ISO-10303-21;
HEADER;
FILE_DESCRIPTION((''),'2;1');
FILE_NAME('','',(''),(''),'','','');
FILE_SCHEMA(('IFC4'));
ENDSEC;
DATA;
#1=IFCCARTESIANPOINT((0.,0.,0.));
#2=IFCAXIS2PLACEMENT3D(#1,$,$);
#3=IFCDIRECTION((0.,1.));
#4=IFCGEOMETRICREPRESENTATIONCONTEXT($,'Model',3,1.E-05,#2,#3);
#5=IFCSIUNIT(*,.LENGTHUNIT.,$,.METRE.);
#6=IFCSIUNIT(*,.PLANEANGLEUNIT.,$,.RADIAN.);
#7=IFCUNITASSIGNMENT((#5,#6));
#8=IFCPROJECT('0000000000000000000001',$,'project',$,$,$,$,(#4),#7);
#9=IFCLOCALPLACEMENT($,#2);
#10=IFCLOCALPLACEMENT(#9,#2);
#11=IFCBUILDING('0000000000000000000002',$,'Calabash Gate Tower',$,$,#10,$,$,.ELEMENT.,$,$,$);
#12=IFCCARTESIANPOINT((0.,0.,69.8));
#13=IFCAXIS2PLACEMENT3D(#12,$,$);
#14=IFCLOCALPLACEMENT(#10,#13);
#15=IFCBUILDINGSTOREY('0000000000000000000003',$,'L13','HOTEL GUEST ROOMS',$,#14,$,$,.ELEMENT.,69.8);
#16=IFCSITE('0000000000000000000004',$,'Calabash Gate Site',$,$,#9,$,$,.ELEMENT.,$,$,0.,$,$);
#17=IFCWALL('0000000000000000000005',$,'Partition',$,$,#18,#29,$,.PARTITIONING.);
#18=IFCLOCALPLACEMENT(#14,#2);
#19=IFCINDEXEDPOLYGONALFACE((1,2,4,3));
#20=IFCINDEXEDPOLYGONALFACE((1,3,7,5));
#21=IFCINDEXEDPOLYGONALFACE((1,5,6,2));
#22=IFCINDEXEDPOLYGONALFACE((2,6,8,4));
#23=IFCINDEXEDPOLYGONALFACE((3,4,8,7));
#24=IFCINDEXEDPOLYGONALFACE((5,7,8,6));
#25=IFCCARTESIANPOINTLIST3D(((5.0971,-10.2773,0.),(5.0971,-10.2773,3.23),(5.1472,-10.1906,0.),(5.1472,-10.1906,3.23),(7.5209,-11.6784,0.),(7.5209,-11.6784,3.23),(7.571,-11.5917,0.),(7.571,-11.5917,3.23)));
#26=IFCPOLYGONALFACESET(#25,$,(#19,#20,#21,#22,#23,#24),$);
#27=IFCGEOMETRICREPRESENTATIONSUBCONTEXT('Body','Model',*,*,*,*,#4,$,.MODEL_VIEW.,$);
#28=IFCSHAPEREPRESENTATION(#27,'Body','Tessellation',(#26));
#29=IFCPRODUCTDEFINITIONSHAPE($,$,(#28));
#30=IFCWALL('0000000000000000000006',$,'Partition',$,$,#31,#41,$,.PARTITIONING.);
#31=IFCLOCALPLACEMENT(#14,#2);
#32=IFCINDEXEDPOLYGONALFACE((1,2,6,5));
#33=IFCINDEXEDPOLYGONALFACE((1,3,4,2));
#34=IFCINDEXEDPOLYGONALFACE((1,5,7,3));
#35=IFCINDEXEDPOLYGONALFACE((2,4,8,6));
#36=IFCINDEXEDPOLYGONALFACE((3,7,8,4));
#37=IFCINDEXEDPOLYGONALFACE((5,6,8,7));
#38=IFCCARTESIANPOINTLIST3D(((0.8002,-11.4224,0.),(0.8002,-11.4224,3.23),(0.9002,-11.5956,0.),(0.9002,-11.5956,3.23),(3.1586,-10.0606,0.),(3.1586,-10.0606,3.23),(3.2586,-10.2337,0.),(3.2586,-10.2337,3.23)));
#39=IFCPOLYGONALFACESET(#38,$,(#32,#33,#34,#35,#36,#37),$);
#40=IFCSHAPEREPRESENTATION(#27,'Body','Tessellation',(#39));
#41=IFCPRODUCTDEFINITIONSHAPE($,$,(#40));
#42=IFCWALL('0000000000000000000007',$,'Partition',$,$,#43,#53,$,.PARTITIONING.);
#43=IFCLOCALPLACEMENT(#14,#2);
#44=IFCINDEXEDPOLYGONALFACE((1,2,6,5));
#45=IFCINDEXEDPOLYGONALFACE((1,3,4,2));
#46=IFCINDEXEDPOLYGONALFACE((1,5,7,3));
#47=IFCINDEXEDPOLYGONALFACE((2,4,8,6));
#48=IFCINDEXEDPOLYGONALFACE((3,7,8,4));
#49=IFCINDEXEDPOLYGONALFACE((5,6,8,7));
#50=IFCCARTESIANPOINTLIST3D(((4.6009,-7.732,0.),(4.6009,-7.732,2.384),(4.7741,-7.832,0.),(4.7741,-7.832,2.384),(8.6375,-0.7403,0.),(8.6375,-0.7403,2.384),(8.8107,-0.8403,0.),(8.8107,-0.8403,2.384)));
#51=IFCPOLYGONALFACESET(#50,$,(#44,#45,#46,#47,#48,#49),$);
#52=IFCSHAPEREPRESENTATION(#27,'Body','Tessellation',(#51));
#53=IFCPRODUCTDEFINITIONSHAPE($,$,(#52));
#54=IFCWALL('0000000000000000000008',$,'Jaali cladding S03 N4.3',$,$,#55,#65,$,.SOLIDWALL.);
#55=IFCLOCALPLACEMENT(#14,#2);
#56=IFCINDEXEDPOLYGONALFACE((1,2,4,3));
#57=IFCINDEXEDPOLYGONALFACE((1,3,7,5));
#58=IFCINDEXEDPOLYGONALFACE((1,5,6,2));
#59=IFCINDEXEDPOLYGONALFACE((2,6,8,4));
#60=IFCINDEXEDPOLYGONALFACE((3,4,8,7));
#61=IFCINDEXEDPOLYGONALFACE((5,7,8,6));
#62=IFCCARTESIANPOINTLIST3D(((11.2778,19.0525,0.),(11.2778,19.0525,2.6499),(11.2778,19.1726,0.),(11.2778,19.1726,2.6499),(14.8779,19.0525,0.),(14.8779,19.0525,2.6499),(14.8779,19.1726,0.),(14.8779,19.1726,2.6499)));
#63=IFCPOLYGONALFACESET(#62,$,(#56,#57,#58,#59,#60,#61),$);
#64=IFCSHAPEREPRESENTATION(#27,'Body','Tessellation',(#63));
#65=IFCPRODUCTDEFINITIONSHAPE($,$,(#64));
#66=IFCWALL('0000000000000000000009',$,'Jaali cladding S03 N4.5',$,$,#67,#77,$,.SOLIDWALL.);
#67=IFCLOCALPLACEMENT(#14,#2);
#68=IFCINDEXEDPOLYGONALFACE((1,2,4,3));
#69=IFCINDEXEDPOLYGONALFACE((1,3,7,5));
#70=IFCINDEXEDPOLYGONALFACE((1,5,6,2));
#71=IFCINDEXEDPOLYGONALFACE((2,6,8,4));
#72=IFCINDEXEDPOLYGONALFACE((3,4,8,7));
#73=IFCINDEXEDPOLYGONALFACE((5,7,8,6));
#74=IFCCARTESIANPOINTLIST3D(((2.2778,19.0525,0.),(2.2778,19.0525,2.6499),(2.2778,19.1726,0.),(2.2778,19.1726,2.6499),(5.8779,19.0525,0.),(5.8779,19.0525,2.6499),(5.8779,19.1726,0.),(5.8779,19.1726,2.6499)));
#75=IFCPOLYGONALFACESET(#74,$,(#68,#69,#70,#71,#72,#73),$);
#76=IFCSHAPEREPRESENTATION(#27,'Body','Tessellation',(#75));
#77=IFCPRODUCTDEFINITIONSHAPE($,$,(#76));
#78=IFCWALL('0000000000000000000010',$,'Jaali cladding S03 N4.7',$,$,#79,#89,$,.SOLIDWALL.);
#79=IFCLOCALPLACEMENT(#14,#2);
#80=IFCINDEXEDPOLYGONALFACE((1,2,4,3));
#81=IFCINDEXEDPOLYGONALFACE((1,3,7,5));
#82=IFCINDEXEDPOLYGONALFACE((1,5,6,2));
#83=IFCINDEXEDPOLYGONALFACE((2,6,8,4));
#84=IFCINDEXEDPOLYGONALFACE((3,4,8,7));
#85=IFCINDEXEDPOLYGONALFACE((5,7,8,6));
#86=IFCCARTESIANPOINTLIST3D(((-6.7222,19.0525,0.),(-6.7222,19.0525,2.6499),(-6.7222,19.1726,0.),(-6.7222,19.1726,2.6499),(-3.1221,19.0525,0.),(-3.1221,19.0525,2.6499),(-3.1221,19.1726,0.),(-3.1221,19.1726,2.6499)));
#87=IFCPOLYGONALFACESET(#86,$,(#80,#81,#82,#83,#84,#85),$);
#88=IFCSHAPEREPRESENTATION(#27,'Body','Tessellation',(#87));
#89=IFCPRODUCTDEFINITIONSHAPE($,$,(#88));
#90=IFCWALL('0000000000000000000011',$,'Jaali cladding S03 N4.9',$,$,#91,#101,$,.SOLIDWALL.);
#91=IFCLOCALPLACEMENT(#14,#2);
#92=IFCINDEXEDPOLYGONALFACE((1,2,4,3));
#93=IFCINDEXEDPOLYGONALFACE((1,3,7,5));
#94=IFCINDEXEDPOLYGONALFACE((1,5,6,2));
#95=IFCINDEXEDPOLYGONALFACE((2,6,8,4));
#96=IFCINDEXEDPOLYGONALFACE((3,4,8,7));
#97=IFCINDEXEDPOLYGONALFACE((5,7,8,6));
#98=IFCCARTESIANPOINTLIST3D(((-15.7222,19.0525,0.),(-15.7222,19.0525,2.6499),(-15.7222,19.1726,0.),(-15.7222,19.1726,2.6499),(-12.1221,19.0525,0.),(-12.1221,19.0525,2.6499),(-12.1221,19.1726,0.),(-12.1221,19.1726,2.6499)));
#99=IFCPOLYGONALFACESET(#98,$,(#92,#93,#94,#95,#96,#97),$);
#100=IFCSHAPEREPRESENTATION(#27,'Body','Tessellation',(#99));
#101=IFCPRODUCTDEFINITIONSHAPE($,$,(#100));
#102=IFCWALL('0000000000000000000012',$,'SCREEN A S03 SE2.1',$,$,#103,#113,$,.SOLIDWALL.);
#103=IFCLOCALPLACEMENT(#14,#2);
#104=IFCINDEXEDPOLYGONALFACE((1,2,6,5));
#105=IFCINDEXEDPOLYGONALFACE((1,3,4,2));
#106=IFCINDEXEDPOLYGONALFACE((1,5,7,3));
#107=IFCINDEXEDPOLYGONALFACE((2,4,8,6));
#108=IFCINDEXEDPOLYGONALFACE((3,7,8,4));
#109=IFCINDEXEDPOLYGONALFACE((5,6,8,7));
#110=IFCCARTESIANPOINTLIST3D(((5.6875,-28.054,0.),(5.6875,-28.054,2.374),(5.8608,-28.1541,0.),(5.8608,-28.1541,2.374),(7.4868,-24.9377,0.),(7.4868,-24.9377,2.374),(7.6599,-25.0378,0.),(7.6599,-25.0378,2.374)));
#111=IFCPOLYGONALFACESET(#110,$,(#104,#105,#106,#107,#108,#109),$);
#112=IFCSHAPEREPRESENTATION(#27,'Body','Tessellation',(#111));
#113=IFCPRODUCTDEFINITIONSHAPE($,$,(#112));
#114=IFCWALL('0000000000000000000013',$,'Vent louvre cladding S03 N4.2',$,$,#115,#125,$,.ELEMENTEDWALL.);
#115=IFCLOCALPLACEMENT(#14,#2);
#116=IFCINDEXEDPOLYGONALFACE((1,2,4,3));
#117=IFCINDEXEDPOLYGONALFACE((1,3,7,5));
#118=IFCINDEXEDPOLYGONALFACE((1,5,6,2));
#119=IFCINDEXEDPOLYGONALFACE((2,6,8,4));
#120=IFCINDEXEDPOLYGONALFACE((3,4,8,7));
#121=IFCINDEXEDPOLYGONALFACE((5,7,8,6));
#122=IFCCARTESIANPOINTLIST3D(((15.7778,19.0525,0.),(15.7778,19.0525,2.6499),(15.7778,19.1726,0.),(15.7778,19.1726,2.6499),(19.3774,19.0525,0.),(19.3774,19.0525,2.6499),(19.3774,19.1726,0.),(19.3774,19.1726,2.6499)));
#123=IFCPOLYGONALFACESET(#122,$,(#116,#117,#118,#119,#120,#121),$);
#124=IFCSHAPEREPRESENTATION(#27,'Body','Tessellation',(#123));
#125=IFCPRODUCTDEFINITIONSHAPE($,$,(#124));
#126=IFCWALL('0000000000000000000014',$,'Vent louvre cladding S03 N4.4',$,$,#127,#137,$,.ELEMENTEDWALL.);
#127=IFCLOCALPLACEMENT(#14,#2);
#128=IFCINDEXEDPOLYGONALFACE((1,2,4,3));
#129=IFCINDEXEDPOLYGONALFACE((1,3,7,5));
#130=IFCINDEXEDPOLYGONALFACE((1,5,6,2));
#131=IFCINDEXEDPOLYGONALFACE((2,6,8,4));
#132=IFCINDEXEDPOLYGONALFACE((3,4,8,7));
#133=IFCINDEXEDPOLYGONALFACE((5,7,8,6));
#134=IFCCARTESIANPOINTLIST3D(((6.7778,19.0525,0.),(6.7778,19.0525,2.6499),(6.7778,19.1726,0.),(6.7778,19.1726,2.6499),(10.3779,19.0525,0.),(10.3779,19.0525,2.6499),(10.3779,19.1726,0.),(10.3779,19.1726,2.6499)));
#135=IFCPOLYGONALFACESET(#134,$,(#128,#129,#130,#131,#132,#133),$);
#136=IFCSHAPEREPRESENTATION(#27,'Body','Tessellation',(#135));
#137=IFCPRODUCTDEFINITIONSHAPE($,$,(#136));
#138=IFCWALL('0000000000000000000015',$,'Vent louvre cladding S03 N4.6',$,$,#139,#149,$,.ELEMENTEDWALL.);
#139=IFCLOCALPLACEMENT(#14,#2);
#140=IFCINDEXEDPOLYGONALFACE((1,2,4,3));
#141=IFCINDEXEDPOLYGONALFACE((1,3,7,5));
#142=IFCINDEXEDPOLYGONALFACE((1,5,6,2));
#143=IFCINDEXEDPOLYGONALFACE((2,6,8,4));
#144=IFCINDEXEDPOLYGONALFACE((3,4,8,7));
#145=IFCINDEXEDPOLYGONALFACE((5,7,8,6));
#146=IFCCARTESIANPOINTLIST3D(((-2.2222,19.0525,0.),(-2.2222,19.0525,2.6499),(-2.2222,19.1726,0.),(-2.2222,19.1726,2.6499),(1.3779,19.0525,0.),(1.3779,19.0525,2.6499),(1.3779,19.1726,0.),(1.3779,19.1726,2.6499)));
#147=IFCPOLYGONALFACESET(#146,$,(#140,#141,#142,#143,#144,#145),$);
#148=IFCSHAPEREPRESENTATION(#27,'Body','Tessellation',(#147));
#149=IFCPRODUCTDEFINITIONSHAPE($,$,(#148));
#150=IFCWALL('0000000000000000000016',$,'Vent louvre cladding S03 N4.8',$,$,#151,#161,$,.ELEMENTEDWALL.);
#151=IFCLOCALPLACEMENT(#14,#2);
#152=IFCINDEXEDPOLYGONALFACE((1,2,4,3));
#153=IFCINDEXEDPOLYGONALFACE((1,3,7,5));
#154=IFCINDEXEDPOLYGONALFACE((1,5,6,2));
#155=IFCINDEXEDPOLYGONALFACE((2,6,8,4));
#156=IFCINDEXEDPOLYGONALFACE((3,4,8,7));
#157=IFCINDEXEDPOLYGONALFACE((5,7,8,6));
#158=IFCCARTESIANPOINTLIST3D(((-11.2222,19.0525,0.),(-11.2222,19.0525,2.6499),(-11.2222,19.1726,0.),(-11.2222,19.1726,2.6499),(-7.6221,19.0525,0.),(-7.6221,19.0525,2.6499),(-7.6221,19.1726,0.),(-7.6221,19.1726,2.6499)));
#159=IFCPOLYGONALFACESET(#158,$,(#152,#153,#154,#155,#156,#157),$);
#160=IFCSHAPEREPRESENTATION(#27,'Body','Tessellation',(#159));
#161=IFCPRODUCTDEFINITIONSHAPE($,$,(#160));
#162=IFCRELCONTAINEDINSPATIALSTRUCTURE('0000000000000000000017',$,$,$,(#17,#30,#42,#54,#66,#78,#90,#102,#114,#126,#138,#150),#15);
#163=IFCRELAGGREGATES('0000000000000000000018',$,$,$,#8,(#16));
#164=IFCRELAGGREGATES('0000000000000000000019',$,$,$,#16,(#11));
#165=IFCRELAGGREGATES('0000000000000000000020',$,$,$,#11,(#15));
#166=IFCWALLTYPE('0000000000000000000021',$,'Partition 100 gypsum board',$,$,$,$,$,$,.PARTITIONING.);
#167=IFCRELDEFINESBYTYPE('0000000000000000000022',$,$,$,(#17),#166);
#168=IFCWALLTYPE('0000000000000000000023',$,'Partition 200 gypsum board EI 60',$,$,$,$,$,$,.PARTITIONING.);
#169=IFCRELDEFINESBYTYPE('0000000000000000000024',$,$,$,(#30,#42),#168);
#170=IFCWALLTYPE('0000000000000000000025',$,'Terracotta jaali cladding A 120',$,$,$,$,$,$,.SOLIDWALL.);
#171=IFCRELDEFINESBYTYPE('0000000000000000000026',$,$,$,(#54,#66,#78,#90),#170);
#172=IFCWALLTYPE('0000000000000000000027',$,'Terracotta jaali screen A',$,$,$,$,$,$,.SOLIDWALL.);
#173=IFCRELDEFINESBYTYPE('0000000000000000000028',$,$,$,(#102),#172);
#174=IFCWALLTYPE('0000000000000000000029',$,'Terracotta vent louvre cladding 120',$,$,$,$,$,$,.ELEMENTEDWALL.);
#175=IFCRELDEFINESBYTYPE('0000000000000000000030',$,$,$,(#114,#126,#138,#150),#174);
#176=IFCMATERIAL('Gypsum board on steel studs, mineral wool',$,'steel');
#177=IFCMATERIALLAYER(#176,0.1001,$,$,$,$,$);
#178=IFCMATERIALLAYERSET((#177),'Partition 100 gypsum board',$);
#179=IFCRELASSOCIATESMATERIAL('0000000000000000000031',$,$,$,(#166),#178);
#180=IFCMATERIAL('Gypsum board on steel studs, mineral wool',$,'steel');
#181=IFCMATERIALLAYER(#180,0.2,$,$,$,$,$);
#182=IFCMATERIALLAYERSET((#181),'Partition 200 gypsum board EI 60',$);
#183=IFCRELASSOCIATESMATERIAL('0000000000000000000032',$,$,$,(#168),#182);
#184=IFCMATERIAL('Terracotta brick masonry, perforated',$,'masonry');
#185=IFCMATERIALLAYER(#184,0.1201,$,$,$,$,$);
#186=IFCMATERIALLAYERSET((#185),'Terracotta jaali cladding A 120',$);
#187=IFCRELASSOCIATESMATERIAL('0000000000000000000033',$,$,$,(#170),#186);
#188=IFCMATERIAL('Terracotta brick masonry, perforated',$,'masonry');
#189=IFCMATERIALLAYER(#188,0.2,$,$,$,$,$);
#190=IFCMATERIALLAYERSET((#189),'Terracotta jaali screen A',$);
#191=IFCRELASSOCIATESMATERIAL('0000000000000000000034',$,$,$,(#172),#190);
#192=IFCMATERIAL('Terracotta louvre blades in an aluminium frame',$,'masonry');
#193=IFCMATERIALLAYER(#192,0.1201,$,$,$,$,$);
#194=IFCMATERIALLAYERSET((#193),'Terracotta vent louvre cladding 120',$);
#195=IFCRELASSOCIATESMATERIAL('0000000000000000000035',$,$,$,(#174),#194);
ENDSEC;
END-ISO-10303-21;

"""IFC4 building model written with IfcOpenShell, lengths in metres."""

from ifc_helpers import new_model, si_unit, direction, frame, frame_2d, origin, place, context, subcontext, project, spatial, polyline, rectangle, outline, extrude, material, layer, layer_set, type_object, element, save


model = new_model("IFC4")

# Units and contexts
model_context = context("Model", 3, precision=1e-05, world=origin(), true_north=direction((0.0, 1.0)))
body_context = subcontext(model_context, "Body", "Model", "MODEL_VIEW")
ifc_project = project(units=[si_unit("LENGTHUNIT", "METRE"), si_unit("PLANEANGLEUNIT", "RADIAN")], contexts=[model_context])

# Site, building, storey
site_placement = place(None, origin())
site = spatial("IfcSite", under=ifc_project, at=site_placement, Name="Calabash Gate Site", CompositionType="ELEMENT", RefElevation=0.0)
building_placement = place(site_placement, origin())
building = spatial("IfcBuilding", under=site, at=building_placement, Name="Calabash Gate Tower", CompositionType="ELEMENT")
storey_placement = place(building_placement, frame((0.0, 0.0, 69.8)))
storey = spatial("IfcBuildingStorey", under=building, at=storey_placement, Name="L13", Description="HOTEL GUEST ROOMS", CompositionType="ELEMENT", Elevation=69.8)

# Walls
ifc_material_1 = material(Name="Gypsum board on steel studs, mineral wool", Category="steel")
ifc_layer_1 = layer(ifc_material_1, 0.1001)
ifc_layer_set_1 = layer_set([ifc_layer_1], Name="Partition 100 gypsum board")
wall_type_1 = type_object("IfcWallType", Name="Partition 100 gypsum board", PredefinedType="PARTITIONING", material=ifc_layer_set_1)
wall_1_placement = place(storey_placement, frame((5.1221, -10.2339, 0.0), z_axis=(0.0, 0.0, 1.0), x_axis=(0.865758, -0.500462, 0.0)))
element("IfcWall", 1, at=wall_1_placement, inside=storey, type_object=wall_type_1, Name="Partition", PredefinedType="PARTITIONING", context=body_context, shape_type="SweptSolid", body=[
    extrude(rectangle(XDim=2.7996, YDim=0.1001, at=frame_2d((1.3999, 0.0))), origin(), (0.0, 0.0, 1.0), 3.23),
])
ifc_material_2 = material(Name="Gypsum board on steel studs, mineral wool", Category="steel")
ifc_layer_2 = layer(ifc_material_2, 0.2)
ifc_layer_set_2 = layer_set([ifc_layer_2], Name="Partition 200 gypsum board EI 60")
wall_type_2 = type_object("IfcWallType", Name="Partition 200 gypsum board EI 60", PredefinedType="PARTITIONING", material=ifc_layer_set_2)
wall_2_placement = place(storey_placement, frame((0.8501, -11.509, 0.0), z_axis=(0.0, 0.0, 1.0), x_axis=(0.865994, 0.500054, 0.0)))
element("IfcWall", 2, at=wall_2_placement, inside=storey, type_object=wall_type_2, Name="Partition", PredefinedType="PARTITIONING", context=body_context, shape_type="SweptSolid", body=[
    extrude(rectangle(XDim=2.7234, YDim=0.2, at=frame_2d((1.3618, 0.0))), origin(), (0.0, 0.0, 1.0), 3.23),
])
wall_3_placement = place(storey_placement, frame((4.6875, -7.782, 0.0), z_axis=(0.0, 0.0, 1.0), x_axis=(0.499996, 0.866027, 0.0)))
element("IfcWall", 3, at=wall_3_placement, inside=storey, type_object=wall_type_2, Name="Partition", PredefinedType="PARTITIONING", context=body_context, shape_type="SweptSolid", body=[
    extrude(rectangle(XDim=8.0732, YDim=0.2, at=frame_2d((4.0366, 0.0))), origin(), (0.0, 0.0, 1.0), 2.384),
])
ifc_material_3 = material(Name="Terracotta brick masonry, perforated", Category="masonry")
ifc_layer_3 = layer(ifc_material_3, 0.1201)
ifc_layer_set_3 = layer_set([ifc_layer_3], Name="Terracotta jaali cladding A 120")
wall_type_3 = type_object("IfcWallType", Name="Terracotta jaali cladding A 120", PredefinedType="SOLIDWALL", material=ifc_layer_set_3)
wall_4_placement = place(storey_placement, origin())
element("IfcWall", 4, at=wall_4_placement, inside=storey, type_object=wall_type_3, Name="Jaali cladding S03 N4.3", PredefinedType="SOLIDWALL", context=body_context, shape_type="SweptSolid", body=[
    extrude(outline(polyline([(11.2778, 19.1726), (11.2778, 19.0525), (14.8779, 19.0525), (14.8779, 19.1726), (11.2778, 19.1726)])), origin(), (0.0, 0.0, 1.0), 2.6499),
])
wall_5_placement = place(storey_placement, origin())
element("IfcWall", 5, at=wall_5_placement, inside=storey, type_object=wall_type_3, Name="Jaali cladding S03 N4.5", PredefinedType="SOLIDWALL", context=body_context, shape_type="SweptSolid", body=[
    extrude(outline(polyline([(2.2778, 19.1726), (2.2778, 19.0525), (5.8779, 19.0525), (5.8779, 19.1726), (2.2778, 19.1726)])), origin(), (0.0, 0.0, 1.0), 2.6499),
])
wall_6_placement = place(storey_placement, origin())
element("IfcWall", 6, at=wall_6_placement, inside=storey, type_object=wall_type_3, Name="Jaali cladding S03 N4.7", PredefinedType="SOLIDWALL", context=body_context, shape_type="SweptSolid", body=[
    extrude(outline(polyline([(-6.7222, 19.1726), (-6.7222, 19.0525), (-3.1221, 19.0525), (-3.1221, 19.1726), (-6.7222, 19.1726)])), origin(), (0.0, 0.0, 1.0), 2.6499),
])
wall_7_placement = place(storey_placement, origin())
element("IfcWall", 7, at=wall_7_placement, inside=storey, type_object=wall_type_3, Name="Jaali cladding S03 N4.9", PredefinedType="SOLIDWALL", context=body_context, shape_type="SweptSolid", body=[
    extrude(outline(polyline([(-15.7222, 19.1726), (-15.7222, 19.0525), (-12.1221, 19.0525), (-12.1221, 19.1726), (-15.7222, 19.1726)])), origin(), (0.0, 0.0, 1.0), 2.6499),
])
ifc_material_4 = material(Name="Terracotta brick masonry, perforated", Category="masonry")
ifc_layer_4 = layer(ifc_material_4, 0.2)
ifc_layer_set_4 = layer_set([ifc_layer_4], Name="Terracotta jaali screen A")
wall_type_4 = type_object("IfcWallType", Name="Terracotta jaali screen A", PredefinedType="SOLIDWALL", material=ifc_layer_set_4)
wall_8_placement = place(storey_placement, origin())
element("IfcWall", 8, at=wall_8_placement, inside=storey, type_object=wall_type_4, Name="SCREEN A S03 SE2.1", PredefinedType="SOLIDWALL", context=body_context, shape_type="SweptSolid", body=[
    extrude(outline(polyline([(7.4868, -24.9377), (5.6875, -28.054), (5.8608, -28.1541), (7.6599, -25.0378), (7.4868, -24.9377)])), origin(), (0.0, 0.0, 1.0), 2.374),
])
ifc_material_5 = material(Name="Terracotta louvre blades in an aluminium frame", Category="masonry")
ifc_layer_5 = layer(ifc_material_5, 0.1201)
ifc_layer_set_5 = layer_set([ifc_layer_5], Name="Terracotta vent louvre cladding 120")
wall_type_5 = type_object("IfcWallType", Name="Terracotta vent louvre cladding 120", PredefinedType="ELEMENTEDWALL", material=ifc_layer_set_5)
wall_9_placement = place(storey_placement, origin())
element("IfcWall", 9, at=wall_9_placement, inside=storey, type_object=wall_type_5, Name="Vent louvre cladding S03 N4.2", PredefinedType="ELEMENTEDWALL", context=body_context, shape_type="SweptSolid", body=[
    extrude(outline(polyline([(15.7778, 19.1726), (15.7778, 19.0525), (19.3774, 19.0525), (19.3774, 19.1726), (15.7778, 19.1726)])), origin(), (0.0, 0.0, 1.0), 2.6499),
])
wall_10_placement = place(storey_placement, origin())
element("IfcWall", 10, at=wall_10_placement, inside=storey, type_object=wall_type_5, Name="Vent louvre cladding S03 N4.4", PredefinedType="ELEMENTEDWALL", context=body_context, shape_type="SweptSolid", body=[
    extrude(outline(polyline([(6.7778, 19.1726), (6.7778, 19.0525), (10.3779, 19.0525), (10.3779, 19.1726), (6.7778, 19.1726)])), origin(), (0.0, 0.0, 1.0), 2.6499),
])
wall_11_placement = place(storey_placement, origin())
element("IfcWall", 11, at=wall_11_placement, inside=storey, type_object=wall_type_5, Name="Vent louvre cladding S03 N4.6", PredefinedType="ELEMENTEDWALL", context=body_context, shape_type="SweptSolid", body=[
    extrude(outline(polyline([(-2.2222, 19.1726), (-2.2222, 19.0525), (1.3779, 19.0525), (1.3779, 19.1726), (-2.2222, 19.1726)])), origin(), (0.0, 0.0, 1.0), 2.6499),
])
wall_12_placement = place(storey_placement, origin())
element("IfcWall", 12, at=wall_12_placement, inside=storey, type_object=wall_type_5, Name="Vent louvre cladding S03 N4.8", PredefinedType="ELEMENTEDWALL", context=body_context, shape_type="SweptSolid", body=[
    extrude(outline(polyline([(-11.2222, 19.1726), (-11.2222, 19.0525), (-7.6221, 19.0525), (-7.6221, 19.1726), (-11.2222, 19.1726)])), origin(), (0.0, 0.0, 1.0), 2.6499),
])

save(model, "model.ifc")
